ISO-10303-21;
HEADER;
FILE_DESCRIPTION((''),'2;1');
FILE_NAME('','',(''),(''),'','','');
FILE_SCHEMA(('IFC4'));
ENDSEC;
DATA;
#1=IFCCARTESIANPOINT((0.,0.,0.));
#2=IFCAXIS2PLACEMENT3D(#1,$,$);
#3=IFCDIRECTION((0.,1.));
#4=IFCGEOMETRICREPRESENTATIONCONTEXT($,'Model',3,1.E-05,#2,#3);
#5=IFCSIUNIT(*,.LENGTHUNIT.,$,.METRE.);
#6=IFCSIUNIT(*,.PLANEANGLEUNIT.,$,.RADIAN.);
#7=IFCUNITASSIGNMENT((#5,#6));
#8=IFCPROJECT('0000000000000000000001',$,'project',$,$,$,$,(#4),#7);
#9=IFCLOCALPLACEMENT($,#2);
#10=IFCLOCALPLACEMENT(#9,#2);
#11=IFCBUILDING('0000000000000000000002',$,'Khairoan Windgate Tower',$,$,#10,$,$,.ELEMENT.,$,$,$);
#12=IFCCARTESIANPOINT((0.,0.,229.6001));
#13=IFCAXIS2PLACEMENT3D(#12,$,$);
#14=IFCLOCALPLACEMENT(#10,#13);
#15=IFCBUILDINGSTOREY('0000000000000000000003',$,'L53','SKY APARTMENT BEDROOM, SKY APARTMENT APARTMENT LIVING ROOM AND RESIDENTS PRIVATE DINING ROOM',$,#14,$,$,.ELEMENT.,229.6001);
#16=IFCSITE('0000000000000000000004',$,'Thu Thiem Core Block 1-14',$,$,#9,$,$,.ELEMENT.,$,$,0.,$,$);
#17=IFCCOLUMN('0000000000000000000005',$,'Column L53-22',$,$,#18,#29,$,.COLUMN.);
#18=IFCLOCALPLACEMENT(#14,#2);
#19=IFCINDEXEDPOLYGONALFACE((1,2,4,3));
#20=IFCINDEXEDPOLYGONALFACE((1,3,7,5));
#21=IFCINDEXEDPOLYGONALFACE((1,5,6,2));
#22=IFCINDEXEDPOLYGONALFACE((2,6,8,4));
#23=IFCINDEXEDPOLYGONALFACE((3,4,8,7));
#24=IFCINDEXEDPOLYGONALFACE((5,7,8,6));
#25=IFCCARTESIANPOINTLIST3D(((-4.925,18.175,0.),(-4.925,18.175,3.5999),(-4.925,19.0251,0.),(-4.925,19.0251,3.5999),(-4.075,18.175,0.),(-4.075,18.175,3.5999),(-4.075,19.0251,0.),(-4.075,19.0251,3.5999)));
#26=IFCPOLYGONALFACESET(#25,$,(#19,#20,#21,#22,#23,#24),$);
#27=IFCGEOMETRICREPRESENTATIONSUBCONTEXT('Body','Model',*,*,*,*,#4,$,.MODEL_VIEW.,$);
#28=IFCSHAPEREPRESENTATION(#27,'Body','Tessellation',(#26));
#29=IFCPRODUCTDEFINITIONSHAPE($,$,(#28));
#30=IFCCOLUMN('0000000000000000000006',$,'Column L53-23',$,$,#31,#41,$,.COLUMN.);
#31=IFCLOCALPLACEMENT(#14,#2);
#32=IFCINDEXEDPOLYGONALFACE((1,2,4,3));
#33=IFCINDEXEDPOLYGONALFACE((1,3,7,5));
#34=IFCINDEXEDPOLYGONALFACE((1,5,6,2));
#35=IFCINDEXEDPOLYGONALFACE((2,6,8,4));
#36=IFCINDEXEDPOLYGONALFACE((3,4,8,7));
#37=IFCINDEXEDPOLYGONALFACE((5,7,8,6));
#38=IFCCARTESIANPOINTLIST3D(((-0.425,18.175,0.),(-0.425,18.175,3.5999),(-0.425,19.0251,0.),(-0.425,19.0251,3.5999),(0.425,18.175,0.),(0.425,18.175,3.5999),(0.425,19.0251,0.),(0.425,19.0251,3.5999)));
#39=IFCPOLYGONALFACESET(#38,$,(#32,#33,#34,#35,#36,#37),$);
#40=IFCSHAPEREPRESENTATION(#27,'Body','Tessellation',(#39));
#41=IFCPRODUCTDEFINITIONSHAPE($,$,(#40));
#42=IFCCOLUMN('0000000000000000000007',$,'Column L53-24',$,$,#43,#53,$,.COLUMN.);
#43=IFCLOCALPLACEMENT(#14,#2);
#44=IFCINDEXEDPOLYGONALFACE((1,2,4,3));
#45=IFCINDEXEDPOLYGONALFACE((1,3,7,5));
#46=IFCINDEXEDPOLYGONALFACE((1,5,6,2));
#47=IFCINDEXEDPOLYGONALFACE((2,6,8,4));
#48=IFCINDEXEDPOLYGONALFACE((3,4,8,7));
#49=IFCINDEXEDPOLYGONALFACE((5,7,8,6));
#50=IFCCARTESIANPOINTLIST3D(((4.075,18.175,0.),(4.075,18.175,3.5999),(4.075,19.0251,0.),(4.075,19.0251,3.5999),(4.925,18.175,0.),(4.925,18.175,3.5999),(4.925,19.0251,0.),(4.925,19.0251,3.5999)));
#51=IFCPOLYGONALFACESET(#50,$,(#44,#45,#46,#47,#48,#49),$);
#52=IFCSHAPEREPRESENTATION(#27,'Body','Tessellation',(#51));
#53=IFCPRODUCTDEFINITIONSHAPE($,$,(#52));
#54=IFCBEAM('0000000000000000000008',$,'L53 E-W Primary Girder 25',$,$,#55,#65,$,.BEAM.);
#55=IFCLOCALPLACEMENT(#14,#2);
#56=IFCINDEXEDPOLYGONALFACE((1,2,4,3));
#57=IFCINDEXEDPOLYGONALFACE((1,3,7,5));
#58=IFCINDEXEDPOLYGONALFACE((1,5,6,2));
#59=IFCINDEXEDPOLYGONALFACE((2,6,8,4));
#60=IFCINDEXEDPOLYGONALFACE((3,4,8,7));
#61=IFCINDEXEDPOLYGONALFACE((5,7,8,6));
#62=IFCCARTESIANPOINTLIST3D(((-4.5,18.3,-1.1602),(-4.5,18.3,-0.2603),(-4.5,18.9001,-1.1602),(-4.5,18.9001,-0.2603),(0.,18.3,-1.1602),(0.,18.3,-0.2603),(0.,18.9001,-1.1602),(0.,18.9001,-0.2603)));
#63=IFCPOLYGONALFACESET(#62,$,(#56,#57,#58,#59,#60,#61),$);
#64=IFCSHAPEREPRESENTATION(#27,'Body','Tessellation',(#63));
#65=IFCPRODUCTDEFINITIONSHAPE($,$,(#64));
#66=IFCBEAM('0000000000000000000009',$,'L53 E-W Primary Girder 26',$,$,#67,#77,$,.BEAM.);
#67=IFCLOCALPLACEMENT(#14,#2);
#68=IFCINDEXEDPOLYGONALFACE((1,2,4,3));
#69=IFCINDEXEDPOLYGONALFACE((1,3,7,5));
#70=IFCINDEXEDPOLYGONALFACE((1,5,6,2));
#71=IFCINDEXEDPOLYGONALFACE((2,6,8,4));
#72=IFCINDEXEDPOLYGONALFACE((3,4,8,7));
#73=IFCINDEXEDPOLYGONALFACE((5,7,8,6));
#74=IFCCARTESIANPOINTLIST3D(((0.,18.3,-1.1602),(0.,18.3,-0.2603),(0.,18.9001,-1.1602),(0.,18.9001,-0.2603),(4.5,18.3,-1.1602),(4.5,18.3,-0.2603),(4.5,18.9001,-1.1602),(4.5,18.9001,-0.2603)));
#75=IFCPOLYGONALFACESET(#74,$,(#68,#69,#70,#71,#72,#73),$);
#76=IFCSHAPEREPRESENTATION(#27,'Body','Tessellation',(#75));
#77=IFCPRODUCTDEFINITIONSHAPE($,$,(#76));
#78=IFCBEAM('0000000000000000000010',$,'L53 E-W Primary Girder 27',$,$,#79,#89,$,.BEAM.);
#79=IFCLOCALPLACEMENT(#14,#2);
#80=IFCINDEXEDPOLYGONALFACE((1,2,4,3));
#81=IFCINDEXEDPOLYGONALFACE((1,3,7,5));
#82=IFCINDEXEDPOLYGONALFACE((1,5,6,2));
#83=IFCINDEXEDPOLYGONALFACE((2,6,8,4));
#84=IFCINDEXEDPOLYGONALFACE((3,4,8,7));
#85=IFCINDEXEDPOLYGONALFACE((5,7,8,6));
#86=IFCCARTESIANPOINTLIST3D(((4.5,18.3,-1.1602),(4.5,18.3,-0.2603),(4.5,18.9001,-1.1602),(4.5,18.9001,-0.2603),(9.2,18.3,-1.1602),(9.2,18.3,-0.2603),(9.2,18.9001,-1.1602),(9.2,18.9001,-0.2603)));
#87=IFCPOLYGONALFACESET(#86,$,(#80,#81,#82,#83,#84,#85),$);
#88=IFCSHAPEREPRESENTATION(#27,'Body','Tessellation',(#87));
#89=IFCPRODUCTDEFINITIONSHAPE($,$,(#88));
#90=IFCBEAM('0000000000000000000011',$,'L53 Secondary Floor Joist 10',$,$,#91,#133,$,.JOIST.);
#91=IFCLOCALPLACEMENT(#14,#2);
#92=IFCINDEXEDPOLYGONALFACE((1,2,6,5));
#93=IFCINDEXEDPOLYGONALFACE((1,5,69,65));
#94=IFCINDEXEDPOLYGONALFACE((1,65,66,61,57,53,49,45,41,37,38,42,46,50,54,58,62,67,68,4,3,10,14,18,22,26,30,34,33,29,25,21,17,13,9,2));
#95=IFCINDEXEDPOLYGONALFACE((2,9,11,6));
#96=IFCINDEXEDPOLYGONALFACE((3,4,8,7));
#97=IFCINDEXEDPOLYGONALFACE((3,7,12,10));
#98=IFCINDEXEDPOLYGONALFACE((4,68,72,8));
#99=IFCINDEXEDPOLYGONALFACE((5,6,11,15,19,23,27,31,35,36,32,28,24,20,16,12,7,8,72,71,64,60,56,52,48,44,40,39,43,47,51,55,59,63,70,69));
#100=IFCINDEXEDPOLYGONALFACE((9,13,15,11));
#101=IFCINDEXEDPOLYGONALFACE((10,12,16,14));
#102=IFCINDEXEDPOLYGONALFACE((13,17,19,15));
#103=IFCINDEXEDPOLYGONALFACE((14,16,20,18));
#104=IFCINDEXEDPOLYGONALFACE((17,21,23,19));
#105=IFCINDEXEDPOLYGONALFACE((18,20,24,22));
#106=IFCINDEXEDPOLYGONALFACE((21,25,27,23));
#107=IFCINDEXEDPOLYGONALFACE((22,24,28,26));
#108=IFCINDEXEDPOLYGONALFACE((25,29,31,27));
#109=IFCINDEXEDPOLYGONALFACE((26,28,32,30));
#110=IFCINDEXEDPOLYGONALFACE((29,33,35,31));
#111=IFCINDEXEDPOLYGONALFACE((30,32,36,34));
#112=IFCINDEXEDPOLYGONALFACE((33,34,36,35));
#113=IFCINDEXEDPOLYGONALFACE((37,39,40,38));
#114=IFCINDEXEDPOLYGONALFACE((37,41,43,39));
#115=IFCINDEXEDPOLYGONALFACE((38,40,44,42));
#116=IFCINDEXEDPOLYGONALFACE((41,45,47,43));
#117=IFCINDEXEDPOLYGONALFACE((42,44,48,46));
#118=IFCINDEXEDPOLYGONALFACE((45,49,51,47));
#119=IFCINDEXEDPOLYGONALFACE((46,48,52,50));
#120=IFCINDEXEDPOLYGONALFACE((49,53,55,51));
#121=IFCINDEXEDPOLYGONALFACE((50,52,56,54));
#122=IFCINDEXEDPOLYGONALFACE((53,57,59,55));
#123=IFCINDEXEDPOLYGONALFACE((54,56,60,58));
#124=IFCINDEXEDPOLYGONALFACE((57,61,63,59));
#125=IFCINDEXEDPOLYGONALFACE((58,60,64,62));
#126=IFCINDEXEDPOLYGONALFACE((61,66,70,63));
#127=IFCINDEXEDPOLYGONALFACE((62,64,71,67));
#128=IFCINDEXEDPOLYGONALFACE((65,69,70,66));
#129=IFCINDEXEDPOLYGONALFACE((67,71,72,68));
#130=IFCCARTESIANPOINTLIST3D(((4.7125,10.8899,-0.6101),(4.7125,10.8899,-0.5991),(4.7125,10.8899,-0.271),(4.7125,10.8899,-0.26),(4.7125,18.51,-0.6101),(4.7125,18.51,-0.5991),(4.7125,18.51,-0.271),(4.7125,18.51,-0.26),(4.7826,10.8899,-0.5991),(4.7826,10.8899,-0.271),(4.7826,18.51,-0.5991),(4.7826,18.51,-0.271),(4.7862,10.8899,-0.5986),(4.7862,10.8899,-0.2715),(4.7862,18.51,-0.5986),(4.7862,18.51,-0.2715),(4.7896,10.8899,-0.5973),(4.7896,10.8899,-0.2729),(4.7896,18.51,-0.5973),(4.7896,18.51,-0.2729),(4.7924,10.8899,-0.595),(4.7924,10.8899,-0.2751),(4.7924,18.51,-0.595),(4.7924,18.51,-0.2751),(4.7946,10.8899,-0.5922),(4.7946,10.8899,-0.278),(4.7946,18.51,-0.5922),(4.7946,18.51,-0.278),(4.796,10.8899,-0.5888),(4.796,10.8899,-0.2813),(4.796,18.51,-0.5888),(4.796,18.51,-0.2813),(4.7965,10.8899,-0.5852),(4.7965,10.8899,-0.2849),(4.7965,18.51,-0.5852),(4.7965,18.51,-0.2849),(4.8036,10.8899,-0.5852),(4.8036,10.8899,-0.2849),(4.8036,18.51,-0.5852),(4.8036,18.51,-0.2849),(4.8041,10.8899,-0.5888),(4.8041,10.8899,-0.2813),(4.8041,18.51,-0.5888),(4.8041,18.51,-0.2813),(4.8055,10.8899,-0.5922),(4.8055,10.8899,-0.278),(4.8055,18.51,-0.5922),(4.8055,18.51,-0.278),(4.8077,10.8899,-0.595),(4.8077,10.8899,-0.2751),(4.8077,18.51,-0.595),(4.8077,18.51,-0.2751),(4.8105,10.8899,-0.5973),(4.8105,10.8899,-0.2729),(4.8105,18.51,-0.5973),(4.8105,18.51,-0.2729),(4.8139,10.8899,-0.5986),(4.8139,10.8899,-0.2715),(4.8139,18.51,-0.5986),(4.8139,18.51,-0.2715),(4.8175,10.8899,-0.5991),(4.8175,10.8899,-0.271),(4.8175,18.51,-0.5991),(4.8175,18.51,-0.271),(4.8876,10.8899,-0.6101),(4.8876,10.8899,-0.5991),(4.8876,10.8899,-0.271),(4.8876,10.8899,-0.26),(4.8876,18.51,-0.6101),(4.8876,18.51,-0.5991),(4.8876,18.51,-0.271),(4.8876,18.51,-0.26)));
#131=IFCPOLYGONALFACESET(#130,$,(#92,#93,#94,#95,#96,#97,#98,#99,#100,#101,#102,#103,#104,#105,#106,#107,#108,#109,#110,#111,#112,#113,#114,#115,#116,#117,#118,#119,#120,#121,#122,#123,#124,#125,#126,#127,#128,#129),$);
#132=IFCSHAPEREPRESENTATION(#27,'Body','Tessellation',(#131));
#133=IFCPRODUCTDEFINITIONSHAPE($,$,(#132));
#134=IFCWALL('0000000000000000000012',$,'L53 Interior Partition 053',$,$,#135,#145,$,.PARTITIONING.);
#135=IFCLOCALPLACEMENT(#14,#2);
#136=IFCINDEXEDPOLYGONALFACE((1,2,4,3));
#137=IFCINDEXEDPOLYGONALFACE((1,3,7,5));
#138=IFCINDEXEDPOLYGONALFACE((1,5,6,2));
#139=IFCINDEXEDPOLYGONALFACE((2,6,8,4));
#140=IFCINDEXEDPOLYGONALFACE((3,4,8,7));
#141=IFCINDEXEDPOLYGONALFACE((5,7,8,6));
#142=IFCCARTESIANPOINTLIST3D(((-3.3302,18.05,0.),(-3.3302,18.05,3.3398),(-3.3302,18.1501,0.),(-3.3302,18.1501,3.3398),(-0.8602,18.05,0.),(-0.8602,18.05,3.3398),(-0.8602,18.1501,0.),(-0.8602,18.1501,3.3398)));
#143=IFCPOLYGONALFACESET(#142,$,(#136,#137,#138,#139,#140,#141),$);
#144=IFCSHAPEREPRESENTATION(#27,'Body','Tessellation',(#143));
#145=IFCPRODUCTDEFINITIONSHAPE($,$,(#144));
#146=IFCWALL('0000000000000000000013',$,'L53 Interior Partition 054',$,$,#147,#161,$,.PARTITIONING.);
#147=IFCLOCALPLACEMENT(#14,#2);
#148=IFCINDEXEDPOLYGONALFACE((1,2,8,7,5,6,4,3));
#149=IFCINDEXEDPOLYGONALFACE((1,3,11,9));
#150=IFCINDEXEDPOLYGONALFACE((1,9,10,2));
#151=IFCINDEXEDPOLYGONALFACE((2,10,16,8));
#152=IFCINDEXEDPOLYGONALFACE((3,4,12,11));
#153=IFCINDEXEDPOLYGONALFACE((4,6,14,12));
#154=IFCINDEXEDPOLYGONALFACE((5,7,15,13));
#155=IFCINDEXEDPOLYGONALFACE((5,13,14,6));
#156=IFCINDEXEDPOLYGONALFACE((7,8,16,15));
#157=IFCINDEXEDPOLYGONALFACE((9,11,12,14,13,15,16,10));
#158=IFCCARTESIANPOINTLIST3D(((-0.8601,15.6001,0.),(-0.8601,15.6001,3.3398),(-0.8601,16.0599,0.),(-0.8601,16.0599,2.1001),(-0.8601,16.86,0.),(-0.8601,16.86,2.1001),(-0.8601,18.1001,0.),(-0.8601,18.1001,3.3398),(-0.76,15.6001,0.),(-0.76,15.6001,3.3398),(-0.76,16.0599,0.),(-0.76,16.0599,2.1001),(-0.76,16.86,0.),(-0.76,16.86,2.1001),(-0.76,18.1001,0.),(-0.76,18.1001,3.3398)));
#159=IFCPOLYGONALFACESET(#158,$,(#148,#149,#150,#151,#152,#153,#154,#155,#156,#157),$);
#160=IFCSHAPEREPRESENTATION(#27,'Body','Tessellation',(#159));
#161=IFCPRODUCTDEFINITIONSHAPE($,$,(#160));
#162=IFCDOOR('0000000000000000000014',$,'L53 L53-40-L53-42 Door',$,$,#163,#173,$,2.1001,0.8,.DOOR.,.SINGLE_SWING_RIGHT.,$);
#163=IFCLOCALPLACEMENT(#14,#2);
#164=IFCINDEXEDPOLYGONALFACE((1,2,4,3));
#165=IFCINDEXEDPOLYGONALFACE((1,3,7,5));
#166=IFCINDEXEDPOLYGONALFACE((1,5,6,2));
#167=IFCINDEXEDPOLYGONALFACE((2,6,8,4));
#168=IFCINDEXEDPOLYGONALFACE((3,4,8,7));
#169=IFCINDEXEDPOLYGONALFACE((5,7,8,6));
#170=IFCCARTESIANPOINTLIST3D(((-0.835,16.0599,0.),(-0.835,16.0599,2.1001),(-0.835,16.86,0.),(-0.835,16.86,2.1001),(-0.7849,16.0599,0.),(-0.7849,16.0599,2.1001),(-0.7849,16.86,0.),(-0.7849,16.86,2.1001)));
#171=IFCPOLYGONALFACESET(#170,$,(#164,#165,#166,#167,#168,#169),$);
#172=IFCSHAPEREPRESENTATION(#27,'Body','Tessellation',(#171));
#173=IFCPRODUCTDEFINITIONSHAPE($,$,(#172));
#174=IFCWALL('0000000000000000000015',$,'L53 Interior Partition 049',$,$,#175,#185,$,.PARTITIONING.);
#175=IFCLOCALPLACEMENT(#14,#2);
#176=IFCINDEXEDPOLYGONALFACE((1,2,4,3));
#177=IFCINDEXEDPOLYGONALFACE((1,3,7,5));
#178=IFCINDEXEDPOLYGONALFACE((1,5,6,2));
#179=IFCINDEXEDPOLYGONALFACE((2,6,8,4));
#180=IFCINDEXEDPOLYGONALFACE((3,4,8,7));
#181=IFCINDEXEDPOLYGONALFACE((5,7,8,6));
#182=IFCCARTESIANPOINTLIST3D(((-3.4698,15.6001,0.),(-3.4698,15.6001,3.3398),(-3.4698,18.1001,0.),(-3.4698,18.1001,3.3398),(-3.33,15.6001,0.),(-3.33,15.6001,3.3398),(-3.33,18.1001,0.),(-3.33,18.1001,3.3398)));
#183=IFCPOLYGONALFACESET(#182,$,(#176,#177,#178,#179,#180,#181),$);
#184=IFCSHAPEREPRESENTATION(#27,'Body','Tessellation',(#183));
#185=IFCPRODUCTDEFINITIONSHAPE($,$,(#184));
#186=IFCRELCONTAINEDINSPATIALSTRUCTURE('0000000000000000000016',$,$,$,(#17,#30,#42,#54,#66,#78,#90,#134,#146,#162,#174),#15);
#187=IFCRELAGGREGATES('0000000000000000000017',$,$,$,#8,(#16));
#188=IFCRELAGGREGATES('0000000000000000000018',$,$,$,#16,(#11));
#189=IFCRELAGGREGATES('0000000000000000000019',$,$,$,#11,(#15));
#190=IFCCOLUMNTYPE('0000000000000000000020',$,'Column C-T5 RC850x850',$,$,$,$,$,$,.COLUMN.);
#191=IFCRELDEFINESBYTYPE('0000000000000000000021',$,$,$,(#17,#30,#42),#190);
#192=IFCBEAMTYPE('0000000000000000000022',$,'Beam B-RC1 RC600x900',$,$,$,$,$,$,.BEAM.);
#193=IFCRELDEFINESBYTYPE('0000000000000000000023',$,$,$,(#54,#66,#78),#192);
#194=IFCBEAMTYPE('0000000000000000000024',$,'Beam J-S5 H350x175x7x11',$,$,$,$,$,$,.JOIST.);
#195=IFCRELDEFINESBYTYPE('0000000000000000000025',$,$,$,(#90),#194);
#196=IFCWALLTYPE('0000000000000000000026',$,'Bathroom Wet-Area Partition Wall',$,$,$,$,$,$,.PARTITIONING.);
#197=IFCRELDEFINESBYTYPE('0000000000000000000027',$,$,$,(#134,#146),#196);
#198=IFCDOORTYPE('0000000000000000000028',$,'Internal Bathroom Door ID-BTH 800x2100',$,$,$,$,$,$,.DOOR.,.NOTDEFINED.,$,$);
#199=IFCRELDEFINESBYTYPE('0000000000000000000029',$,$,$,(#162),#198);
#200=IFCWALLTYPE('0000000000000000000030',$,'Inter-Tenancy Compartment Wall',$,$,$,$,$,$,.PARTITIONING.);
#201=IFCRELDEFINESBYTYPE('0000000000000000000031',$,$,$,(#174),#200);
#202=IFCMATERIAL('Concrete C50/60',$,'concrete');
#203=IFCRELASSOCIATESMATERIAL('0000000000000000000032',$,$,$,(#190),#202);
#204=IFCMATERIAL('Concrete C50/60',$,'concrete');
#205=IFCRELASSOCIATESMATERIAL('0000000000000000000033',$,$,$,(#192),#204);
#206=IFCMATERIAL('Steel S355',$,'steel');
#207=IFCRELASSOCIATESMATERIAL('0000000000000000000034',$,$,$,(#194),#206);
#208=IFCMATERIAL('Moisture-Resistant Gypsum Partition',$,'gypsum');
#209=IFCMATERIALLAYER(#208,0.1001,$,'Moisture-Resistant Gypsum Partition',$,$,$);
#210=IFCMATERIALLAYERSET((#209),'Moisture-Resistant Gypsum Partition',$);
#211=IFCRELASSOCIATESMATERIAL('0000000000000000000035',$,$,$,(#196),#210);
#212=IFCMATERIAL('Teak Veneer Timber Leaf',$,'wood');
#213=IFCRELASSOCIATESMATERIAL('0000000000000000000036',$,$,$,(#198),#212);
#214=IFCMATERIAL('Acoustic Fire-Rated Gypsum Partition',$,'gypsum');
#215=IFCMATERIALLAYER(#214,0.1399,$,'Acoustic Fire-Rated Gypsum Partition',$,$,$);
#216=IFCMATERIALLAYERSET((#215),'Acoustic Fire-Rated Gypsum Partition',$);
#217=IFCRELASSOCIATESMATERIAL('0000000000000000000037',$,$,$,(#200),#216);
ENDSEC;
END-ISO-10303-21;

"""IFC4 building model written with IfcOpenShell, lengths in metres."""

from ifc_helpers import new_model, si_unit, direction, frame, frame_2d, origin, origin_2d, place, context, subcontext, project, spatial, rectangle, i_section, extrude, material, layer, layer_set, material_profile, profile_set, type_object, element, fill, save


model = new_model("IFC4")

# Units and contexts
model_context = context("Model", 3, precision=1e-05, world=origin(), true_north=direction((0.0, 1.0)))
body_context = subcontext(model_context, "Body", "Model", "MODEL_VIEW")
ifc_project = project(units=[si_unit("LENGTHUNIT", "METRE"), si_unit("PLANEANGLEUNIT", "RADIAN")], contexts=[model_context])

# Site, building, storey
site_placement = place(None, origin())
site = spatial("IfcSite", under=ifc_project, at=site_placement, Name="Thu Thiem Core Block 1-14", CompositionType="ELEMENT", RefElevation=0.0)
building_placement = place(site_placement, origin())
building = spatial("IfcBuilding", under=site, at=building_placement, Name="Khairoan Windgate Tower", CompositionType="ELEMENT")
storey_placement = place(building_placement, frame((0.0, 0.0, 229.6001)))
storey = spatial("IfcBuildingStorey", under=building, at=storey_placement, Name="L53", Description="SKY APARTMENT BEDROOM, SKY APARTMENT APARTMENT LIVING ROOM AND RESIDENTS PRIVATE DINING ROOM", CompositionType="ELEMENT", Elevation=229.6001)

# Columns
ifc_material_1 = material(Name="Concrete C50/60", Category="concrete")
ifc_material_profile_1 = material_profile(ifc_material_1, rectangle(XDim=0.8501, YDim=0.8501, at=origin_2d()))
ifc_profile_set_1 = profile_set([ifc_material_profile_1], Name="Concrete C50/60")
column_type = type_object("IfcColumnType", Name="Column C-T5 RC850x850", PredefinedType="COLUMN", material=ifc_profile_set_1)
for number, where, z_axis, x_axis, name in (
    (1, (-4.5, 18.6001, 0.0), (0.0, 0.0, 1.0), (1.0, 0.0, 0.0), "Column L53-22"),
    (2, (0.0, 18.6001, 0.0), (0.0, 0.0, 1.0), (1.0, 0.0, 0.0), "Column L53-23"),
    (3, (4.5, 18.6001, 0.0), (0.0, 0.0, 1.0), (1.0, 0.0, 0.0), "Column L53-24"),
):
    element("IfcColumn", number, at=place(storey_placement, frame(where, z_axis=z_axis, x_axis=x_axis)), inside=storey, type_object=column_type, Name=name, PredefinedType="COLUMN", context=body_context, shape_type="SweptSolid", body=[
        extrude(rectangle(XDim=0.8501, YDim=0.8501, at=origin_2d()), origin(), (0.0, 0.0, 1.0), 3.5999),
    ])

# Beams
ifc_material_2 = material(Name="Concrete C50/60", Category="concrete")
ifc_material_profile_2 = material_profile(ifc_material_2, rectangle(XDim=0.6001, YDim=0.8999, at=origin_2d()))
ifc_profile_set_2 = profile_set([ifc_material_profile_2], Name="Concrete C50/60")
beam_type_1 = type_object("IfcBeamType", Name="Beam B-RC1 RC600x900", PredefinedType="BEAM", material=ifc_profile_set_2)
for number, where, z_axis, x_axis, name in (
    (4, (-4.5, 18.6001, -0.7102), (1.0, 0.0, 0.0), (0.0, 1.0, 0.0), "L53 E-W Primary Girder 25"),
    (5, (0.0, 18.6001, -0.7102), (1.0, 0.0, 0.0), (0.0, 1.0, 0.0), "L53 E-W Primary Girder 26"),
):
    element("IfcBeam", number, at=place(storey_placement, frame(where, z_axis=z_axis, x_axis=x_axis)), inside=storey, type_object=beam_type_1, Name=name, PredefinedType="BEAM", context=body_context, shape_type="SweptSolid", body=[
        extrude(rectangle(XDim=0.6001, YDim=0.8999, at=origin_2d()), origin(), (0.0, 0.0, 1.0), 4.5),
    ])
beam_1_placement = place(storey_placement, frame((4.5, 18.6001, -0.7102), z_axis=(1.0, 0.0, 0.0), x_axis=(0.0, 1.0, 0.0)))
element("IfcBeam", 6, at=beam_1_placement, inside=storey, type_object=beam_type_1, Name="L53 E-W Primary Girder 27", PredefinedType="BEAM", context=body_context, shape_type="SweptSolid", body=[
    extrude(rectangle(XDim=0.6001, YDim=0.8999, at=origin_2d()), origin(), (0.0, 0.0, 1.0), 4.7),
])
ifc_material_3 = material(Name="Steel S355", Category="steel")
ifc_material_profile_3 = material_profile(ifc_material_3, i_section(OverallWidth=0.175, OverallDepth=0.3501, WebThickness=0.0071, FlangeThickness=0.011, FilletRadius=0.0139, at=origin_2d()))
ifc_profile_set_3 = profile_set([ifc_material_profile_3], Name="Steel S355")
beam_type_2 = type_object("IfcBeamType", Name="Beam J-S5 H350x175x7x11", PredefinedType="JOIST", material=ifc_profile_set_3)
beam_2_placement = place(storey_placement, frame((4.8, 10.8899, -0.4351), z_axis=(0.0, 1.0, 0.0), x_axis=(-1.0, 0.0, 0.0)))
element("IfcBeam", 7, at=beam_2_placement, inside=storey, type_object=beam_type_2, Name="L53 Secondary Floor Joist 10", PredefinedType="JOIST", context=body_context, shape_type="SweptSolid", body=[
    extrude(i_section(OverallWidth=0.175, OverallDepth=0.3501, WebThickness=0.0071, FlangeThickness=0.011, FilletRadius=0.0139, at=origin_2d()), origin(), (0.0, 0.0, 1.0), 7.6201),
])

# Wall
ifc_material_4 = material(Name="Moisture-Resistant Gypsum Partition", Category="gypsum")
ifc_layer_1 = layer(ifc_material_4, 0.1001, Name="Moisture-Resistant Gypsum Partition")
ifc_layer_set_1 = layer_set([ifc_layer_1], Name="Moisture-Resistant Gypsum Partition")
wall_type_1 = type_object("IfcWallType", Name="Bathroom Wet-Area Partition Wall", PredefinedType="PARTITIONING", material=ifc_layer_set_1)
wall_1_placement = place(storey_placement, frame((-3.3301, 18.1001, 0.0), z_axis=(0.0, 0.0, 1.0), x_axis=(1.0, 0.0, 0.0)))
element("IfcWall", 8, at=wall_1_placement, inside=storey, type_object=wall_type_1, Name="L53 Interior Partition 053", PredefinedType="PARTITIONING", context=body_context, shape_type="SweptSolid", body=[
    extrude(rectangle(XDim=2.47, YDim=0.1001, at=frame_2d((1.2349, 0.0))), origin(), (0.0, 0.0, 1.0), 3.3398),
])

# Wall, opening, door
wall_2_placement = place(storey_placement, frame((-0.8101, 15.6001, 0.0), z_axis=(0.0, 0.0, 1.0), x_axis=(0.0, 1.0, 0.0)))
wall_2 = element("IfcWall", 9, at=wall_2_placement, inside=storey, type_object=wall_type_1, Name="L53 Interior Partition 054", PredefinedType="PARTITIONING", context=body_context, shape_type="SweptSolid", body=[
    extrude(rectangle(XDim=2.5, YDim=0.1001, at=frame_2d((1.25, 0.0))), origin(), (0.0, 0.0, 1.0), 3.3398),
])
opening_1_placement = place(wall_2_placement, frame((0.46, 0.0, 0.0)))
opening_1 = element("IfcOpeningElement", 10, at=opening_1_placement, cuts=wall_2, PredefinedType="OPENING", context=body_context, shape_type="SweptSolid", body=[
    extrude(rectangle(XDim=0.8, YDim=2.1001, at=frame_2d((0.3999, 1.05))), frame((0.0, 0.0601, 0.0), z_axis=(0.0, -1.0, 0.0), x_axis=(1.0, 0.0, 0.0)), (0.0, 0.0, 1.0), 0.1201),
])
ifc_material_5 = material(Name="Teak Veneer Timber Leaf", Category="wood")
door_type_1 = type_object("IfcDoorType", Name="Internal Bathroom Door ID-BTH 800x2100", OperationType="NOTDEFINED", PredefinedType="DOOR", material=ifc_material_5)
door_1_placement = place(opening_1_placement, origin())
door_1 = element("IfcDoor", 11, at=door_1_placement, inside=storey, type_object=door_type_1, Name="L53 L53-40-L53-42 Door", OperationType="SINGLE_SWING_RIGHT", OverallHeight=2.1001, OverallWidth=0.8, PredefinedType="DOOR", context=body_context, shape_type="SweptSolid", body=[
    extrude(rectangle(XDim=0.8, YDim=2.1001, at=frame_2d((0.3999, 1.05))), frame((0.0, 0.0249, 0.0), z_axis=(0.0, -1.0, 0.0), x_axis=(1.0, 0.0, 0.0)), (0.0, 0.0, 1.0), 0.05),
])
fill(opening_1, door_1)

# Wall
ifc_material_6 = material(Name="Acoustic Fire-Rated Gypsum Partition", Category="gypsum")
ifc_layer_2 = layer(ifc_material_6, 0.1399, Name="Acoustic Fire-Rated Gypsum Partition")
ifc_layer_set_2 = layer_set([ifc_layer_2], Name="Acoustic Fire-Rated Gypsum Partition")
wall_type_2 = type_object("IfcWallType", Name="Inter-Tenancy Compartment Wall", PredefinedType="PARTITIONING", material=ifc_layer_set_2)
wall_3_placement = place(storey_placement, frame((-3.3999, 15.6001, 0.0), z_axis=(0.0, 0.0, 1.0), x_axis=(0.0, 1.0, 0.0)))
element("IfcWall", 12, at=wall_3_placement, inside=storey, type_object=wall_type_2, Name="L53 Interior Partition 049", PredefinedType="PARTITIONING", context=body_context, shape_type="SweptSolid", body=[
    extrude(rectangle(XDim=2.5, YDim=0.1399, at=frame_2d((1.25, 0.0))), origin(), (0.0, 0.0, 1.0), 3.3398),
])

save(model, "model.ifc")
